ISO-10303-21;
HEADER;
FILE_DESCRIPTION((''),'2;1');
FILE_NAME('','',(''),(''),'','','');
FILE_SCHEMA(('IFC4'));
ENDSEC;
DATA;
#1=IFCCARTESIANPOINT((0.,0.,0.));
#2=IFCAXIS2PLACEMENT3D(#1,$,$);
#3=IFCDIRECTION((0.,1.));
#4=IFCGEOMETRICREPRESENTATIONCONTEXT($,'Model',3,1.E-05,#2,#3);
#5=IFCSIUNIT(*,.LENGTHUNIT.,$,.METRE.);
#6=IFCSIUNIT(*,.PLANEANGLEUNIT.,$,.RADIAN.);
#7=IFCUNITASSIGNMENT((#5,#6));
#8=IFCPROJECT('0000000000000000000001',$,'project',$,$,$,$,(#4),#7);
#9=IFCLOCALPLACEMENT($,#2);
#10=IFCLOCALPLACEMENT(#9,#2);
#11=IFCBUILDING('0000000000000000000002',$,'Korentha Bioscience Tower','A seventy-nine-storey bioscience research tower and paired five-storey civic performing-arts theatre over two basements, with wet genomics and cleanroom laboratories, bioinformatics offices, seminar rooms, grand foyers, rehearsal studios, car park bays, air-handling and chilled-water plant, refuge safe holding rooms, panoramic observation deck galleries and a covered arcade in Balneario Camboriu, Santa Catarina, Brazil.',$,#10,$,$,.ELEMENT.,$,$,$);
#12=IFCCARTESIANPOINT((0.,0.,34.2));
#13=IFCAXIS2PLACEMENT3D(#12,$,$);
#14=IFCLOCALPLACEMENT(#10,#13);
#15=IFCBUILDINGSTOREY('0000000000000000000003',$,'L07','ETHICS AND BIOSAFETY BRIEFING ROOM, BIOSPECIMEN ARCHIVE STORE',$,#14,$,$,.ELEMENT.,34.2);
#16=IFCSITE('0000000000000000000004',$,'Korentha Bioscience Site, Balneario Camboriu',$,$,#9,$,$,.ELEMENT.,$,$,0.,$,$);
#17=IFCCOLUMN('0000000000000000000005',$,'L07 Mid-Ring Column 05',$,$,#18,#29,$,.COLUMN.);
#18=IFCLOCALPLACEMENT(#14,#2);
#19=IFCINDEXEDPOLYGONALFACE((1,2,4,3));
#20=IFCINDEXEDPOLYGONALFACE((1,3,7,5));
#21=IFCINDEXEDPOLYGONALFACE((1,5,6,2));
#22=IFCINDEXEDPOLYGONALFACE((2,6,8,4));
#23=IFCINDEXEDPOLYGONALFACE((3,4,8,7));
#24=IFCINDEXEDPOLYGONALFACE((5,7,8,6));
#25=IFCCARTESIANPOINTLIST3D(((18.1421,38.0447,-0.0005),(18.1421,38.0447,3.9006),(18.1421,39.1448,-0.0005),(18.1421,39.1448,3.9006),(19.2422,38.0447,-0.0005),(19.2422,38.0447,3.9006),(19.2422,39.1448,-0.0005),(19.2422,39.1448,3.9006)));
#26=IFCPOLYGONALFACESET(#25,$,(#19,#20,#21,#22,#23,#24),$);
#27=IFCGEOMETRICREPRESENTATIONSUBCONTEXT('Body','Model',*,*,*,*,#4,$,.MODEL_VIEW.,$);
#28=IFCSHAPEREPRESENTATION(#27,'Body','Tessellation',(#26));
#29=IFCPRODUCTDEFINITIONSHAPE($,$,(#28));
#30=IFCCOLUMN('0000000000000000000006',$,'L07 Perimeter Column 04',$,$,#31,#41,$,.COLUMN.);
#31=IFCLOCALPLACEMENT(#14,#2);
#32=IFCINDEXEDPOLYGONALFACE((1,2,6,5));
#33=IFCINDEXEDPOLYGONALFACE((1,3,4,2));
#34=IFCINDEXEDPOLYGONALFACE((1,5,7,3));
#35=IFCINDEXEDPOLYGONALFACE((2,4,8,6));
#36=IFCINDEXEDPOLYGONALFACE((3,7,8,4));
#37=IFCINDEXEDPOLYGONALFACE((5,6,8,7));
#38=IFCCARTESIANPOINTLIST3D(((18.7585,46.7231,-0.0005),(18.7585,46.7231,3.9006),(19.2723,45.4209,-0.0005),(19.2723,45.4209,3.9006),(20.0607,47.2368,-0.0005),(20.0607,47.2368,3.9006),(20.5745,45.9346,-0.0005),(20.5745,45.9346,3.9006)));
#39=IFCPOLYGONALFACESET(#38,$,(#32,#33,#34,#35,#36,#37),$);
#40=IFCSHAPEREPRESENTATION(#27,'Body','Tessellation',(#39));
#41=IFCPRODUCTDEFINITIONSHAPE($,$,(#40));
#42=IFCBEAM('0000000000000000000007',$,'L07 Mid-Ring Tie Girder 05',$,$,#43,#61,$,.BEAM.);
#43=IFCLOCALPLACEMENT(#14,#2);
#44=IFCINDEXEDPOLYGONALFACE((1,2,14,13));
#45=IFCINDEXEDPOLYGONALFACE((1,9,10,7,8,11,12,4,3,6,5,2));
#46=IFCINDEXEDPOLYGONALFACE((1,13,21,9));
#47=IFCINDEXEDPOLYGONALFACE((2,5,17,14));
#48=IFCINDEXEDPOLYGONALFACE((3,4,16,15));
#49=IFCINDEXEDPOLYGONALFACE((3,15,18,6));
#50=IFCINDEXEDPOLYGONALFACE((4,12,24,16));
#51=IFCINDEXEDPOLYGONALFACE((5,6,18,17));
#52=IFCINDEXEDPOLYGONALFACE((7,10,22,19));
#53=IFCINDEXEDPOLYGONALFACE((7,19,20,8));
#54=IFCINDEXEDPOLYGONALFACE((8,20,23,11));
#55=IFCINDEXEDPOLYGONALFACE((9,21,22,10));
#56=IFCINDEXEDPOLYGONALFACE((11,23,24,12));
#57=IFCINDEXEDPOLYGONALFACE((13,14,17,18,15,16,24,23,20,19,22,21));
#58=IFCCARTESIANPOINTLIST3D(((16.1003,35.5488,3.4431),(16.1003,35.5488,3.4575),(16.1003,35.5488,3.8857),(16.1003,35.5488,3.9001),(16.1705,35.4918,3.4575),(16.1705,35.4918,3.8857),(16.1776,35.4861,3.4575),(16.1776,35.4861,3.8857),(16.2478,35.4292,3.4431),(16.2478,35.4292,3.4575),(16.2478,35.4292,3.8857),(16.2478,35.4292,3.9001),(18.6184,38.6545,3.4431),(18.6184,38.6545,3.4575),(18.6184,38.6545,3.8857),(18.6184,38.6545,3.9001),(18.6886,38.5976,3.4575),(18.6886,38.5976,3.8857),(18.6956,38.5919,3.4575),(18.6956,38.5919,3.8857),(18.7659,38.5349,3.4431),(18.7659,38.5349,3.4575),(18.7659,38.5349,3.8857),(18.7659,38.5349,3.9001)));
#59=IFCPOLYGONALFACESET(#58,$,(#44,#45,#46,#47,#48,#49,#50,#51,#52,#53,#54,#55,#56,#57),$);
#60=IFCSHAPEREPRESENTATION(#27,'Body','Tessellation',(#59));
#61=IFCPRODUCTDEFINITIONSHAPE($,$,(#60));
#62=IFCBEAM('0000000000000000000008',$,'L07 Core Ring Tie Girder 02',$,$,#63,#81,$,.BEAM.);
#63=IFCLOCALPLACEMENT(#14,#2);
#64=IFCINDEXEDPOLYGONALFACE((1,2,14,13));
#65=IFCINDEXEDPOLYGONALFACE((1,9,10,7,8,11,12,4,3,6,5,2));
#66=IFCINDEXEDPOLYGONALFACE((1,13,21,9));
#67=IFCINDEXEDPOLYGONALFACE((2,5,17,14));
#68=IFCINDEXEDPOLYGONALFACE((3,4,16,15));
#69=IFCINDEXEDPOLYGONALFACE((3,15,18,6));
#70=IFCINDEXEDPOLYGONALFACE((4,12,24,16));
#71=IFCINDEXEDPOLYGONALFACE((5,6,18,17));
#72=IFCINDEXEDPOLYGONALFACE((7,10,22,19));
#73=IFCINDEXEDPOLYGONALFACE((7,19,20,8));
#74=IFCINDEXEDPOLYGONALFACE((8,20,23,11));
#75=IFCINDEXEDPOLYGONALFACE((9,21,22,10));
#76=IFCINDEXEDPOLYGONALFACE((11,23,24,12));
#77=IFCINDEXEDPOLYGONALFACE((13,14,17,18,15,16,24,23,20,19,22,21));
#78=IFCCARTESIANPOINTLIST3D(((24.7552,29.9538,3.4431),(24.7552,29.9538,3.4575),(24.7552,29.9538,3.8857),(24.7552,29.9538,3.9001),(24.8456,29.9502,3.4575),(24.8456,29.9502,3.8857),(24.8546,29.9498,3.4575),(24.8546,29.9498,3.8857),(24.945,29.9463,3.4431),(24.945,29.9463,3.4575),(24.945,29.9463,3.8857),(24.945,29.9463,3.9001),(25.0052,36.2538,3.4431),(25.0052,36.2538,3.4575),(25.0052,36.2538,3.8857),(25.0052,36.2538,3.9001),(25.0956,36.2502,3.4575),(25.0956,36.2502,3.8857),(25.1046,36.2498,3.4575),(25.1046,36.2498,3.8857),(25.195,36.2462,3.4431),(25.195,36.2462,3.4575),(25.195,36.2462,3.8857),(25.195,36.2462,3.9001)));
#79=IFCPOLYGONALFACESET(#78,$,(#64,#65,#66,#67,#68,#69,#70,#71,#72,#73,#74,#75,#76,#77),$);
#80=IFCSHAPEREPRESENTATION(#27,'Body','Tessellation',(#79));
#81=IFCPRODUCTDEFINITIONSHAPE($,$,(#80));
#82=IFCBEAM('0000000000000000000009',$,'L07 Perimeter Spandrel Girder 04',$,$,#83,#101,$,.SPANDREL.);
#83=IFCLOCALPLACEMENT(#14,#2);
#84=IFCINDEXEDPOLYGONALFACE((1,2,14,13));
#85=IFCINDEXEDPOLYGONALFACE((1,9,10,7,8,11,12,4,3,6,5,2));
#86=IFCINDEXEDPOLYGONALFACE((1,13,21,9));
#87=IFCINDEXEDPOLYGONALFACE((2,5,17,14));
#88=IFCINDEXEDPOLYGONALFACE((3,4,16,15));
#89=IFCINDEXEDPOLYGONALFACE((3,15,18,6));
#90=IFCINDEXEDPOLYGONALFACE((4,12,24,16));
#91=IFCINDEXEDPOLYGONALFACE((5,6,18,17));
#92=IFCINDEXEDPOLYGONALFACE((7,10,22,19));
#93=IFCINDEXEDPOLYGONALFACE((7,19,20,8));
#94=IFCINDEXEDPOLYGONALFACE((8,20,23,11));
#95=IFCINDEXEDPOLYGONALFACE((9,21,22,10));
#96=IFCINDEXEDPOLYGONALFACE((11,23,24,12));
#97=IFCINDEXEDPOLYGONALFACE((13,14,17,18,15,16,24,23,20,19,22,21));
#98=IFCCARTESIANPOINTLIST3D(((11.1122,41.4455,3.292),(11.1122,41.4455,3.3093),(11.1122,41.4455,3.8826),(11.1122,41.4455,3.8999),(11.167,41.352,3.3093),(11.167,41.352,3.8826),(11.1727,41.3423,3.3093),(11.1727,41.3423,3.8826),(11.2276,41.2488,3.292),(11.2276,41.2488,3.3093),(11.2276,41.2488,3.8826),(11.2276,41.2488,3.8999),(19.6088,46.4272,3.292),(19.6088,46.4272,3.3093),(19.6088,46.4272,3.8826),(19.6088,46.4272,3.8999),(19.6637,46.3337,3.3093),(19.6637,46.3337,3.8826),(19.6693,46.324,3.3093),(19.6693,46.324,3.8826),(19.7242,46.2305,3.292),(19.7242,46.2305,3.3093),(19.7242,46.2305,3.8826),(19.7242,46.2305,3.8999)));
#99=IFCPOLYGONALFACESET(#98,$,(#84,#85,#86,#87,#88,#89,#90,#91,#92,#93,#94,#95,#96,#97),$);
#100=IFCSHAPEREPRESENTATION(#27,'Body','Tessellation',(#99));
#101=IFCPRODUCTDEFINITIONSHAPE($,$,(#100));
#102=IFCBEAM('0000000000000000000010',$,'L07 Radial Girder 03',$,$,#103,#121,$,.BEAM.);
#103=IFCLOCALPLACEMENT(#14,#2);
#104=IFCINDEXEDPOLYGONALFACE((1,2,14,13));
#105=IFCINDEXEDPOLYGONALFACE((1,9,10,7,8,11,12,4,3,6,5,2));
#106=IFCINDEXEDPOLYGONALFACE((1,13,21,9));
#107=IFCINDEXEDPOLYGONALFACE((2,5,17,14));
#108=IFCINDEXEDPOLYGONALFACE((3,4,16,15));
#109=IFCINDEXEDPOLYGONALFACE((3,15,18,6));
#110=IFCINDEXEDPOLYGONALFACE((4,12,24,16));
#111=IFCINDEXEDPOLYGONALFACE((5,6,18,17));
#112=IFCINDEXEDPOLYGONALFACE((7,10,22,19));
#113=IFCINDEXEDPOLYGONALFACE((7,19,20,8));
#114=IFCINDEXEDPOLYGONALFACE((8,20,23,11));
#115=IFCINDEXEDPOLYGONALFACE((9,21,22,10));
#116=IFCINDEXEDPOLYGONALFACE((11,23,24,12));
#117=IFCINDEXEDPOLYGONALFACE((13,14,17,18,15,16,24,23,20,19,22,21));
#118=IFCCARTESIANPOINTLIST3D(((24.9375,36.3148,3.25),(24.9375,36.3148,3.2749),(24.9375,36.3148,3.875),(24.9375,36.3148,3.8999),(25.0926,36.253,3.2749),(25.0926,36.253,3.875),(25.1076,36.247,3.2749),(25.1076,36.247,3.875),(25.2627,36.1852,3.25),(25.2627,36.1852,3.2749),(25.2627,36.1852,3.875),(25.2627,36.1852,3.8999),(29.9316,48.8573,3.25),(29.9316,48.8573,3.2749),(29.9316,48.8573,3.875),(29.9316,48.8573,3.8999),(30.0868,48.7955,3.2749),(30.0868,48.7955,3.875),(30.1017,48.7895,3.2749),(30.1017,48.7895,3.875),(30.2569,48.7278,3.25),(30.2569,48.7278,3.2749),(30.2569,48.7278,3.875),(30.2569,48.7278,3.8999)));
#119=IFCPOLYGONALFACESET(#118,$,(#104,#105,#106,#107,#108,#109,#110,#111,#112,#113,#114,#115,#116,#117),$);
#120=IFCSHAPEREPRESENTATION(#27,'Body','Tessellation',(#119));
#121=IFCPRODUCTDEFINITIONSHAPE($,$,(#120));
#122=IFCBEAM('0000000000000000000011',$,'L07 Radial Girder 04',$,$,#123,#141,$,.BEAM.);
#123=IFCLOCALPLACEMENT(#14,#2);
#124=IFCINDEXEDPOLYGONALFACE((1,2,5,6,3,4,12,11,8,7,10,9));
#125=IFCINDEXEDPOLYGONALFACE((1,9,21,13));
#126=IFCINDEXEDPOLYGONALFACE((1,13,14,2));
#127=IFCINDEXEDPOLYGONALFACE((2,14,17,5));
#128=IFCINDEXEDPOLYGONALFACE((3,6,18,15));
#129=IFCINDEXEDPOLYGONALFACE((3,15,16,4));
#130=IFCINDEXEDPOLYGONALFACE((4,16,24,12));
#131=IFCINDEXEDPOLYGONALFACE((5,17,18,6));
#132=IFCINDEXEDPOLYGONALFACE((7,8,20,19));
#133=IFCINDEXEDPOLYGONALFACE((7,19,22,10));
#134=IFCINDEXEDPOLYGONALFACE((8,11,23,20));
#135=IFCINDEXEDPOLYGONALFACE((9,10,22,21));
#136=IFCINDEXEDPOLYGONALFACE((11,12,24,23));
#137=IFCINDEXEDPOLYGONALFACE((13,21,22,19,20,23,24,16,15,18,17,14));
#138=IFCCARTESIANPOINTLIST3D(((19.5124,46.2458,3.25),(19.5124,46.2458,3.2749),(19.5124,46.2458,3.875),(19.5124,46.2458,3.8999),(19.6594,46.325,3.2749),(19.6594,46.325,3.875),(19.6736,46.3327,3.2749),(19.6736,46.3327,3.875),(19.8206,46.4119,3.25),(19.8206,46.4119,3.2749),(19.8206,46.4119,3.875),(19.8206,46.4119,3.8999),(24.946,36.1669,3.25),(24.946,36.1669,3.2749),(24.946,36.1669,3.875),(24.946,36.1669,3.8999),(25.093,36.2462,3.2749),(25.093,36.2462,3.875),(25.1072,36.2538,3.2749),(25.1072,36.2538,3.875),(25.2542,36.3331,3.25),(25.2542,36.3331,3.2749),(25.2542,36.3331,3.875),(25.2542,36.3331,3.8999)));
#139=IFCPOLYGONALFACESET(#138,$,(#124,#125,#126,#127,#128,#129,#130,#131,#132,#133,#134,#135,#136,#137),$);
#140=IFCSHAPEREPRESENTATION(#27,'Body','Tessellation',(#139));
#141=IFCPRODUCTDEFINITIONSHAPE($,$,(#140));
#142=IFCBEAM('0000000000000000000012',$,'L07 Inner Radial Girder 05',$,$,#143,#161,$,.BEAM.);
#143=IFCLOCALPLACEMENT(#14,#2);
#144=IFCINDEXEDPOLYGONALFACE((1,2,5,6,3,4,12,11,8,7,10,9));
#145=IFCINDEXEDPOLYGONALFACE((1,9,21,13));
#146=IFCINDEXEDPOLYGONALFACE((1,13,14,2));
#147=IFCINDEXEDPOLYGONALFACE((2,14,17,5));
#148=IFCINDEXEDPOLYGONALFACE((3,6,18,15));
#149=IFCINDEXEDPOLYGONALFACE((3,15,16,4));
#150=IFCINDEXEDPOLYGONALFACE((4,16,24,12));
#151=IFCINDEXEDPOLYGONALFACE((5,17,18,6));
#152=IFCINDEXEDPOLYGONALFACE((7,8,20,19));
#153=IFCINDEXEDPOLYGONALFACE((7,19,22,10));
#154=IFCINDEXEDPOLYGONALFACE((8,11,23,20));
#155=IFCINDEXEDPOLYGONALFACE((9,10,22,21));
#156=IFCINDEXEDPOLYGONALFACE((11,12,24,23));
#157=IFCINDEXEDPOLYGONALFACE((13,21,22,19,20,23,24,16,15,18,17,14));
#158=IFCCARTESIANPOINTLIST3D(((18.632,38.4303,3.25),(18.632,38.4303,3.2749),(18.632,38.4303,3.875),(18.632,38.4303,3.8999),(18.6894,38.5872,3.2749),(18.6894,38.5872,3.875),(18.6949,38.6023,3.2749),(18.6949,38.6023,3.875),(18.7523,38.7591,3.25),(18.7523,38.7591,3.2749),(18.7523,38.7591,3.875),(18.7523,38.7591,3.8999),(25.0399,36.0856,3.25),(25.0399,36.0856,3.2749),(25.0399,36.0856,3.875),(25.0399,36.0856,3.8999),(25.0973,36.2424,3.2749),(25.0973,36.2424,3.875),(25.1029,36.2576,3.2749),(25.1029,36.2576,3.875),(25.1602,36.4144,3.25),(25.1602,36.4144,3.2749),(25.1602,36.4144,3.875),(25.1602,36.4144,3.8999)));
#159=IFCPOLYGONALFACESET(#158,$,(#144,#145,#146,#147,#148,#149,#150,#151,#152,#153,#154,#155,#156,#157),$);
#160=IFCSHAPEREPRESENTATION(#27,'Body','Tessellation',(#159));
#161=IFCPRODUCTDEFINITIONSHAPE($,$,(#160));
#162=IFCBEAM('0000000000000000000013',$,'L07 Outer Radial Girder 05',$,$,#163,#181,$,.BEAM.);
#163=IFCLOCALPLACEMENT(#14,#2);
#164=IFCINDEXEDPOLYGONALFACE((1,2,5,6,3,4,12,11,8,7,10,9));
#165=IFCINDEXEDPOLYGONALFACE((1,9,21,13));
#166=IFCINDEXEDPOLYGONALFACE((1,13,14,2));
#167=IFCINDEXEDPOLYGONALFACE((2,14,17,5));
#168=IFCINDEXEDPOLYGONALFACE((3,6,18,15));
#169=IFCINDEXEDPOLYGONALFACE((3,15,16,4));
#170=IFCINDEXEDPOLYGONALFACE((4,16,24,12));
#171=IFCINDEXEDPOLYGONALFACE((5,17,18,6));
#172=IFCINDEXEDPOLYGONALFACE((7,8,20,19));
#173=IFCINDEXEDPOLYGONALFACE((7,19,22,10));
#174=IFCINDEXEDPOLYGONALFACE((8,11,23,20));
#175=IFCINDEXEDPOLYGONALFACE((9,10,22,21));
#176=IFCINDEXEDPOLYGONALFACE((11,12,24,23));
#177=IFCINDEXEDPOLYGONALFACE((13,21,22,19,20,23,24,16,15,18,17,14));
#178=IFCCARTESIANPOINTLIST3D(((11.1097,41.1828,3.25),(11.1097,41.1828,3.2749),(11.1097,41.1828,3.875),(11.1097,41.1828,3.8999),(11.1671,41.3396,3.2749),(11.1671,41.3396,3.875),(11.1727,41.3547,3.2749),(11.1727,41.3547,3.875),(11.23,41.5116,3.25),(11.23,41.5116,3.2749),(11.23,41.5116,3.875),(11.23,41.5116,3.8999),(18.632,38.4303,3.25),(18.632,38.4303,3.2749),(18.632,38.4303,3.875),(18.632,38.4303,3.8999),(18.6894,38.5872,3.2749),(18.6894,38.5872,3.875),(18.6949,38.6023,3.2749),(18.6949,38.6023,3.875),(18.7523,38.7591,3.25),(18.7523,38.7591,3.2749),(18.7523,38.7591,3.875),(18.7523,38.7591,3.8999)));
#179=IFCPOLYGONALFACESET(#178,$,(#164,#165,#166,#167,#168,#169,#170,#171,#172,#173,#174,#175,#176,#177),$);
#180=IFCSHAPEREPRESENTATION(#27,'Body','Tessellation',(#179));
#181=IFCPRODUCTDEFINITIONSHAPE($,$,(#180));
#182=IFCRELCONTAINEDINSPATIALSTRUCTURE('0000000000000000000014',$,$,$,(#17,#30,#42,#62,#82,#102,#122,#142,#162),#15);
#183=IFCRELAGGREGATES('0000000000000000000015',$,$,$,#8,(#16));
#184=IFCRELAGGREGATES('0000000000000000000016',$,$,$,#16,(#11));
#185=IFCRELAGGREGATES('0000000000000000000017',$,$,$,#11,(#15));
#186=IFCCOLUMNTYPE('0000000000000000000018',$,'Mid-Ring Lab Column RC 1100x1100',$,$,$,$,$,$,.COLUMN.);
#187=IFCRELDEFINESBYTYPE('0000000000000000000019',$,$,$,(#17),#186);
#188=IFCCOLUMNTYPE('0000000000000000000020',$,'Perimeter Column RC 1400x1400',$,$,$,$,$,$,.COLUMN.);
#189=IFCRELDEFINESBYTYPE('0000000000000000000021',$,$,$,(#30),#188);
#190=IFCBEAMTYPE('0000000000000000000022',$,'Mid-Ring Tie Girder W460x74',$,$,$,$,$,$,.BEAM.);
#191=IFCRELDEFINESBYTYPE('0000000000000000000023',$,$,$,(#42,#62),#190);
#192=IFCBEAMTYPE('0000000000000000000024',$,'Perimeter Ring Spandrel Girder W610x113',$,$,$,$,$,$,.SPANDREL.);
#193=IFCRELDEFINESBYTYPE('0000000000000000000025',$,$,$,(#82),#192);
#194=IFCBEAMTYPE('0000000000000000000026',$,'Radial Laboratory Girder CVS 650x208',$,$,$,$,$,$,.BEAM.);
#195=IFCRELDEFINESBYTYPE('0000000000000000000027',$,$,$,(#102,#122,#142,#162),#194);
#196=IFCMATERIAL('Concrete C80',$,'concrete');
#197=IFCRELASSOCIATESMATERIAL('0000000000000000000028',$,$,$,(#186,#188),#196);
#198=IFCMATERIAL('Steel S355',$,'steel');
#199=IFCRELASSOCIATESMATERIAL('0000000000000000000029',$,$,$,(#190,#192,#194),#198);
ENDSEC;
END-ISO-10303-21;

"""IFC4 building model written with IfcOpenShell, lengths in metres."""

from ifc_helpers import new_model, si_unit, direction, frame, origin, origin_2d, place, context, subcontext, project, spatial, rectangle, i_section, extrude, material, material_profile, profile_set, type_object, element, save


model = new_model("IFC4")

# Units and contexts
model_context = context("Model", 3, precision=1e-05, world=origin(), true_north=direction((0.0, 1.0)))
body_context = subcontext(model_context, "Body", "Model", "MODEL_VIEW")
ifc_project = project(units=[si_unit("LENGTHUNIT", "METRE"), si_unit("PLANEANGLEUNIT", "RADIAN")], contexts=[model_context])

# Site, building, storey
site_placement = place(None, origin())
site = spatial("IfcSite", under=ifc_project, at=site_placement, Name="Korentha Bioscience Site, Balneario Camboriu", CompositionType="ELEMENT", RefElevation=0.0)
building_placement = place(site_placement, origin())
building = spatial("IfcBuilding", under=site, at=building_placement, Name="Korentha Bioscience Tower", Description="A seventy-nine-storey bioscience research tower and paired five-storey civic performing-arts theatre over two basements, with wet genomics and cleanroom laboratories, bioinformatics offices, seminar rooms, grand foyers, rehearsal studios, car park bays, air-handling and chilled-water plant, refuge safe holding rooms, panoramic observation deck galleries and a covered arcade in Balneario Camboriu, Santa Catarina, Brazil.", CompositionType="ELEMENT")
storey_placement = place(building_placement, frame((0.0, 0.0, 34.2)))
storey = spatial("IfcBuildingStorey", under=building, at=storey_placement, Name="L07", Description="ETHICS AND BIOSAFETY BRIEFING ROOM, BIOSPECIMEN ARCHIVE STORE", CompositionType="ELEMENT", Elevation=34.2)

# Columns
ifc_material_1 = material(Name="Concrete C80", Category="concrete")
ifc_material_profile_1 = material_profile(ifc_material_1, rectangle(XDim=1.1001, YDim=1.1001, at=origin_2d()), Name="Concrete C80")
ifc_profile_set_1 = profile_set([ifc_material_profile_1], Name="Concrete C80 (COL-MR11)")
column_type_1 = type_object("IfcColumnType", Name="Mid-Ring Lab Column RC 1100x1100", PredefinedType="COLUMN", material=ifc_profile_set_1)
column_1_placement = place(storey_placement, frame((18.6921, 38.5947, -0.0005), z_axis=(0.0, 0.0, 1.0), x_axis=(1.0, 0.0, 0.0)))
element("IfcColumn", 1, at=column_1_placement, inside=storey, type_object=column_type_1, Name="L07 Mid-Ring Column 05", PredefinedType="COLUMN", context=body_context, shape_type="SweptSolid", body=[
    extrude(rectangle(XDim=1.1001, YDim=1.1001, at=origin_2d()), origin(), (0.0, 0.0, 1.0), 3.9011),
])
ifc_material_profile_2 = material_profile(ifc_material_1, rectangle(XDim=1.3999, YDim=1.3999, at=origin_2d()), Name="Concrete C80")
ifc_profile_set_2 = profile_set([ifc_material_profile_2], Name="Concrete C80 (COL-P14)")
column_type_2 = type_object("IfcColumnType", Name="Perimeter Column RC 1400x1400", PredefinedType="COLUMN", material=ifc_profile_set_2)
column_2_placement = place(storey_placement, frame((19.6665, 46.3289, -0.0005), z_axis=(0.0, 0.0, 1.0), x_axis=(0.930226, 0.366988, 0.0)))
element("IfcColumn", 2, at=column_2_placement, inside=storey, type_object=column_type_2, Name="L07 Perimeter Column 04", PredefinedType="COLUMN", context=body_context, shape_type="SweptSolid", body=[
    extrude(rectangle(XDim=1.3999, YDim=1.3999, at=origin_2d()), origin(), (0.0, 0.0, 1.0), 3.9011),
])

# Beams
ifc_material_2 = material(Name="Steel S355", Category="steel")
ifc_material_profile_3 = material_profile(ifc_material_2, i_section(OverallWidth=0.1899, OverallDepth=0.457, WebThickness=0.009, FlangeThickness=0.0144, at=origin_2d()), Name="Steel S355")
ifc_profile_set_3 = profile_set([ifc_material_profile_3], Name="Steel S355 (MB-460)")
beam_type_1 = type_object("IfcBeamType", Name="Mid-Ring Tie Girder W460x74", PredefinedType="BEAM", material=ifc_profile_set_3)
beam_1_placement = place(storey_placement, frame((18.6921, 38.5947, 3.6716), z_axis=(-0.62979, -0.776765, 0.0), x_axis=(0.776765, -0.62979, 0.0)))
element("IfcBeam", 3, at=beam_1_placement, inside=storey, type_object=beam_type_1, Name="L07 Mid-Ring Tie Girder 05", PredefinedType="BEAM", context=body_context, shape_type="SweptSolid", body=[
    extrude(i_section(OverallWidth=0.1899, OverallDepth=0.457, WebThickness=0.009, FlangeThickness=0.0144, at=origin_2d()), origin(), (0.0, 0.0, 1.0), 3.9983),
])
beam_2_placement = place(storey_placement, frame((25.1001, 36.25, 3.6716), z_axis=(-0.039651, -0.999214, 0.0), x_axis=(0.999214, -0.039651, 0.0)))
element("IfcBeam", 4, at=beam_2_placement, inside=storey, type_object=beam_type_1, Name="L07 Core Ring Tie Girder 02", PredefinedType="BEAM", context=body_context, shape_type="SweptSolid", body=[
    extrude(i_section(OverallWidth=0.1899, OverallDepth=0.457, WebThickness=0.009, FlangeThickness=0.0144, at=origin_2d()), origin(), (0.0, 0.0, 1.0), 6.3049),
])
ifc_material_profile_4 = material_profile(ifc_material_2, i_section(OverallWidth=0.228, OverallDepth=0.6079, WebThickness=0.0112, FlangeThickness=0.0173, at=origin_2d()), Name="Steel S355")
ifc_profile_set_4 = profile_set([ifc_material_profile_4], Name="Steel S355 (SB-610)")
beam_type_2 = type_object("IfcBeamType", Name="Perimeter Ring Spandrel Girder W610x113", PredefinedType="SPANDREL", material=ifc_profile_set_4)
beam_3_placement = place(storey_placement, frame((19.6665, 46.3289, 3.5959), z_axis=(-0.862657, -0.50579, 0.0), x_axis=(0.50579, -0.862657, 0.0)))
element("IfcBeam", 5, at=beam_3_placement, inside=storey, type_object=beam_type_2, Name="L07 Perimeter Spandrel Girder 04", PredefinedType="SPANDREL", context=body_context, shape_type="SweptSolid", body=[
    extrude(i_section(OverallWidth=0.228, OverallDepth=0.6079, WebThickness=0.0112, FlangeThickness=0.0173, at=origin_2d()), origin(), (0.0, 0.0, 1.0), 9.8494),
])
ifc_material_profile_5 = material_profile(ifc_material_2, i_section(OverallWidth=0.3501, OverallDepth=0.6499, WebThickness=0.0161, FlangeThickness=0.0249, at=origin_2d()), Name="Steel S355")
ifc_profile_set_5 = profile_set([ifc_material_profile_5], Name="Steel S355 (RB-650)")
beam_type_3 = type_object("IfcBeamType", Name="Radial Laboratory Girder CVS 650x208", PredefinedType="BEAM", material=ifc_profile_set_5)
beam_4_placement = place(storey_placement, frame((25.1001, 36.25, 3.575), z_axis=(0.369931, 0.929059, 0.0), x_axis=(-0.929059, 0.369931, 0.0)))
element("IfcBeam", 6, at=beam_4_placement, inside=storey, type_object=beam_type_3, Name="L07 Radial Girder 03", PredefinedType="BEAM", context=body_context, shape_type="SweptSolid", body=[
    extrude(i_section(OverallWidth=0.3501, OverallDepth=0.6499, WebThickness=0.0161, FlangeThickness=0.0249, at=origin_2d()), origin(), (0.0, 0.0, 1.0), 13.5002),
])
beam_5_placement = place(storey_placement, frame((25.1001, 36.25, 3.575), z_axis=(-0.474541, 0.880233, 0.0), x_axis=(-0.880233, -0.474541, 0.0)))
element("IfcBeam", 7, at=beam_5_placement, inside=storey, type_object=beam_type_3, Name="L07 Radial Girder 04", PredefinedType="BEAM", context=body_context, shape_type="SweptSolid", body=[
    extrude(i_section(OverallWidth=0.3501, OverallDepth=0.6499, WebThickness=0.0161, FlangeThickness=0.0249, at=origin_2d()), origin(), (0.0, 0.0, 1.0), 11.4502),
])
beam_6_placement = place(storey_placement, frame((25.1001, 36.25, 3.575), z_axis=(-0.939106, 0.343627, 0.0), x_axis=(-0.343627, -0.939106, 0.0)))
element("IfcBeam", 8, at=beam_6_placement, inside=storey, type_object=beam_type_3, Name="L07 Inner Radial Girder 05", PredefinedType="BEAM", context=body_context, shape_type="SweptSolid", body=[
    extrude(i_section(OverallWidth=0.3501, OverallDepth=0.6499, WebThickness=0.0161, FlangeThickness=0.0249, at=origin_2d()), origin(), (0.0, 0.0, 1.0), 6.8235),
])
beam_7_placement = place(storey_placement, frame((18.6921, 38.5947, 3.575), z_axis=(-0.939106, 0.343627, 0.0), x_axis=(-0.343627, -0.939106, 0.0)))
element("IfcBeam", 9, at=beam_7_placement, inside=storey, type_object=beam_type_3, Name="L07 Outer Radial Girder 05", PredefinedType="BEAM", context=body_context, shape_type="SweptSolid", body=[
    extrude(i_section(OverallWidth=0.3501, OverallDepth=0.6499, WebThickness=0.0161, FlangeThickness=0.0249, at=origin_2d()), origin(), (0.0, 0.0, 1.0), 8.01),
])

save(model, "model.ifc")
